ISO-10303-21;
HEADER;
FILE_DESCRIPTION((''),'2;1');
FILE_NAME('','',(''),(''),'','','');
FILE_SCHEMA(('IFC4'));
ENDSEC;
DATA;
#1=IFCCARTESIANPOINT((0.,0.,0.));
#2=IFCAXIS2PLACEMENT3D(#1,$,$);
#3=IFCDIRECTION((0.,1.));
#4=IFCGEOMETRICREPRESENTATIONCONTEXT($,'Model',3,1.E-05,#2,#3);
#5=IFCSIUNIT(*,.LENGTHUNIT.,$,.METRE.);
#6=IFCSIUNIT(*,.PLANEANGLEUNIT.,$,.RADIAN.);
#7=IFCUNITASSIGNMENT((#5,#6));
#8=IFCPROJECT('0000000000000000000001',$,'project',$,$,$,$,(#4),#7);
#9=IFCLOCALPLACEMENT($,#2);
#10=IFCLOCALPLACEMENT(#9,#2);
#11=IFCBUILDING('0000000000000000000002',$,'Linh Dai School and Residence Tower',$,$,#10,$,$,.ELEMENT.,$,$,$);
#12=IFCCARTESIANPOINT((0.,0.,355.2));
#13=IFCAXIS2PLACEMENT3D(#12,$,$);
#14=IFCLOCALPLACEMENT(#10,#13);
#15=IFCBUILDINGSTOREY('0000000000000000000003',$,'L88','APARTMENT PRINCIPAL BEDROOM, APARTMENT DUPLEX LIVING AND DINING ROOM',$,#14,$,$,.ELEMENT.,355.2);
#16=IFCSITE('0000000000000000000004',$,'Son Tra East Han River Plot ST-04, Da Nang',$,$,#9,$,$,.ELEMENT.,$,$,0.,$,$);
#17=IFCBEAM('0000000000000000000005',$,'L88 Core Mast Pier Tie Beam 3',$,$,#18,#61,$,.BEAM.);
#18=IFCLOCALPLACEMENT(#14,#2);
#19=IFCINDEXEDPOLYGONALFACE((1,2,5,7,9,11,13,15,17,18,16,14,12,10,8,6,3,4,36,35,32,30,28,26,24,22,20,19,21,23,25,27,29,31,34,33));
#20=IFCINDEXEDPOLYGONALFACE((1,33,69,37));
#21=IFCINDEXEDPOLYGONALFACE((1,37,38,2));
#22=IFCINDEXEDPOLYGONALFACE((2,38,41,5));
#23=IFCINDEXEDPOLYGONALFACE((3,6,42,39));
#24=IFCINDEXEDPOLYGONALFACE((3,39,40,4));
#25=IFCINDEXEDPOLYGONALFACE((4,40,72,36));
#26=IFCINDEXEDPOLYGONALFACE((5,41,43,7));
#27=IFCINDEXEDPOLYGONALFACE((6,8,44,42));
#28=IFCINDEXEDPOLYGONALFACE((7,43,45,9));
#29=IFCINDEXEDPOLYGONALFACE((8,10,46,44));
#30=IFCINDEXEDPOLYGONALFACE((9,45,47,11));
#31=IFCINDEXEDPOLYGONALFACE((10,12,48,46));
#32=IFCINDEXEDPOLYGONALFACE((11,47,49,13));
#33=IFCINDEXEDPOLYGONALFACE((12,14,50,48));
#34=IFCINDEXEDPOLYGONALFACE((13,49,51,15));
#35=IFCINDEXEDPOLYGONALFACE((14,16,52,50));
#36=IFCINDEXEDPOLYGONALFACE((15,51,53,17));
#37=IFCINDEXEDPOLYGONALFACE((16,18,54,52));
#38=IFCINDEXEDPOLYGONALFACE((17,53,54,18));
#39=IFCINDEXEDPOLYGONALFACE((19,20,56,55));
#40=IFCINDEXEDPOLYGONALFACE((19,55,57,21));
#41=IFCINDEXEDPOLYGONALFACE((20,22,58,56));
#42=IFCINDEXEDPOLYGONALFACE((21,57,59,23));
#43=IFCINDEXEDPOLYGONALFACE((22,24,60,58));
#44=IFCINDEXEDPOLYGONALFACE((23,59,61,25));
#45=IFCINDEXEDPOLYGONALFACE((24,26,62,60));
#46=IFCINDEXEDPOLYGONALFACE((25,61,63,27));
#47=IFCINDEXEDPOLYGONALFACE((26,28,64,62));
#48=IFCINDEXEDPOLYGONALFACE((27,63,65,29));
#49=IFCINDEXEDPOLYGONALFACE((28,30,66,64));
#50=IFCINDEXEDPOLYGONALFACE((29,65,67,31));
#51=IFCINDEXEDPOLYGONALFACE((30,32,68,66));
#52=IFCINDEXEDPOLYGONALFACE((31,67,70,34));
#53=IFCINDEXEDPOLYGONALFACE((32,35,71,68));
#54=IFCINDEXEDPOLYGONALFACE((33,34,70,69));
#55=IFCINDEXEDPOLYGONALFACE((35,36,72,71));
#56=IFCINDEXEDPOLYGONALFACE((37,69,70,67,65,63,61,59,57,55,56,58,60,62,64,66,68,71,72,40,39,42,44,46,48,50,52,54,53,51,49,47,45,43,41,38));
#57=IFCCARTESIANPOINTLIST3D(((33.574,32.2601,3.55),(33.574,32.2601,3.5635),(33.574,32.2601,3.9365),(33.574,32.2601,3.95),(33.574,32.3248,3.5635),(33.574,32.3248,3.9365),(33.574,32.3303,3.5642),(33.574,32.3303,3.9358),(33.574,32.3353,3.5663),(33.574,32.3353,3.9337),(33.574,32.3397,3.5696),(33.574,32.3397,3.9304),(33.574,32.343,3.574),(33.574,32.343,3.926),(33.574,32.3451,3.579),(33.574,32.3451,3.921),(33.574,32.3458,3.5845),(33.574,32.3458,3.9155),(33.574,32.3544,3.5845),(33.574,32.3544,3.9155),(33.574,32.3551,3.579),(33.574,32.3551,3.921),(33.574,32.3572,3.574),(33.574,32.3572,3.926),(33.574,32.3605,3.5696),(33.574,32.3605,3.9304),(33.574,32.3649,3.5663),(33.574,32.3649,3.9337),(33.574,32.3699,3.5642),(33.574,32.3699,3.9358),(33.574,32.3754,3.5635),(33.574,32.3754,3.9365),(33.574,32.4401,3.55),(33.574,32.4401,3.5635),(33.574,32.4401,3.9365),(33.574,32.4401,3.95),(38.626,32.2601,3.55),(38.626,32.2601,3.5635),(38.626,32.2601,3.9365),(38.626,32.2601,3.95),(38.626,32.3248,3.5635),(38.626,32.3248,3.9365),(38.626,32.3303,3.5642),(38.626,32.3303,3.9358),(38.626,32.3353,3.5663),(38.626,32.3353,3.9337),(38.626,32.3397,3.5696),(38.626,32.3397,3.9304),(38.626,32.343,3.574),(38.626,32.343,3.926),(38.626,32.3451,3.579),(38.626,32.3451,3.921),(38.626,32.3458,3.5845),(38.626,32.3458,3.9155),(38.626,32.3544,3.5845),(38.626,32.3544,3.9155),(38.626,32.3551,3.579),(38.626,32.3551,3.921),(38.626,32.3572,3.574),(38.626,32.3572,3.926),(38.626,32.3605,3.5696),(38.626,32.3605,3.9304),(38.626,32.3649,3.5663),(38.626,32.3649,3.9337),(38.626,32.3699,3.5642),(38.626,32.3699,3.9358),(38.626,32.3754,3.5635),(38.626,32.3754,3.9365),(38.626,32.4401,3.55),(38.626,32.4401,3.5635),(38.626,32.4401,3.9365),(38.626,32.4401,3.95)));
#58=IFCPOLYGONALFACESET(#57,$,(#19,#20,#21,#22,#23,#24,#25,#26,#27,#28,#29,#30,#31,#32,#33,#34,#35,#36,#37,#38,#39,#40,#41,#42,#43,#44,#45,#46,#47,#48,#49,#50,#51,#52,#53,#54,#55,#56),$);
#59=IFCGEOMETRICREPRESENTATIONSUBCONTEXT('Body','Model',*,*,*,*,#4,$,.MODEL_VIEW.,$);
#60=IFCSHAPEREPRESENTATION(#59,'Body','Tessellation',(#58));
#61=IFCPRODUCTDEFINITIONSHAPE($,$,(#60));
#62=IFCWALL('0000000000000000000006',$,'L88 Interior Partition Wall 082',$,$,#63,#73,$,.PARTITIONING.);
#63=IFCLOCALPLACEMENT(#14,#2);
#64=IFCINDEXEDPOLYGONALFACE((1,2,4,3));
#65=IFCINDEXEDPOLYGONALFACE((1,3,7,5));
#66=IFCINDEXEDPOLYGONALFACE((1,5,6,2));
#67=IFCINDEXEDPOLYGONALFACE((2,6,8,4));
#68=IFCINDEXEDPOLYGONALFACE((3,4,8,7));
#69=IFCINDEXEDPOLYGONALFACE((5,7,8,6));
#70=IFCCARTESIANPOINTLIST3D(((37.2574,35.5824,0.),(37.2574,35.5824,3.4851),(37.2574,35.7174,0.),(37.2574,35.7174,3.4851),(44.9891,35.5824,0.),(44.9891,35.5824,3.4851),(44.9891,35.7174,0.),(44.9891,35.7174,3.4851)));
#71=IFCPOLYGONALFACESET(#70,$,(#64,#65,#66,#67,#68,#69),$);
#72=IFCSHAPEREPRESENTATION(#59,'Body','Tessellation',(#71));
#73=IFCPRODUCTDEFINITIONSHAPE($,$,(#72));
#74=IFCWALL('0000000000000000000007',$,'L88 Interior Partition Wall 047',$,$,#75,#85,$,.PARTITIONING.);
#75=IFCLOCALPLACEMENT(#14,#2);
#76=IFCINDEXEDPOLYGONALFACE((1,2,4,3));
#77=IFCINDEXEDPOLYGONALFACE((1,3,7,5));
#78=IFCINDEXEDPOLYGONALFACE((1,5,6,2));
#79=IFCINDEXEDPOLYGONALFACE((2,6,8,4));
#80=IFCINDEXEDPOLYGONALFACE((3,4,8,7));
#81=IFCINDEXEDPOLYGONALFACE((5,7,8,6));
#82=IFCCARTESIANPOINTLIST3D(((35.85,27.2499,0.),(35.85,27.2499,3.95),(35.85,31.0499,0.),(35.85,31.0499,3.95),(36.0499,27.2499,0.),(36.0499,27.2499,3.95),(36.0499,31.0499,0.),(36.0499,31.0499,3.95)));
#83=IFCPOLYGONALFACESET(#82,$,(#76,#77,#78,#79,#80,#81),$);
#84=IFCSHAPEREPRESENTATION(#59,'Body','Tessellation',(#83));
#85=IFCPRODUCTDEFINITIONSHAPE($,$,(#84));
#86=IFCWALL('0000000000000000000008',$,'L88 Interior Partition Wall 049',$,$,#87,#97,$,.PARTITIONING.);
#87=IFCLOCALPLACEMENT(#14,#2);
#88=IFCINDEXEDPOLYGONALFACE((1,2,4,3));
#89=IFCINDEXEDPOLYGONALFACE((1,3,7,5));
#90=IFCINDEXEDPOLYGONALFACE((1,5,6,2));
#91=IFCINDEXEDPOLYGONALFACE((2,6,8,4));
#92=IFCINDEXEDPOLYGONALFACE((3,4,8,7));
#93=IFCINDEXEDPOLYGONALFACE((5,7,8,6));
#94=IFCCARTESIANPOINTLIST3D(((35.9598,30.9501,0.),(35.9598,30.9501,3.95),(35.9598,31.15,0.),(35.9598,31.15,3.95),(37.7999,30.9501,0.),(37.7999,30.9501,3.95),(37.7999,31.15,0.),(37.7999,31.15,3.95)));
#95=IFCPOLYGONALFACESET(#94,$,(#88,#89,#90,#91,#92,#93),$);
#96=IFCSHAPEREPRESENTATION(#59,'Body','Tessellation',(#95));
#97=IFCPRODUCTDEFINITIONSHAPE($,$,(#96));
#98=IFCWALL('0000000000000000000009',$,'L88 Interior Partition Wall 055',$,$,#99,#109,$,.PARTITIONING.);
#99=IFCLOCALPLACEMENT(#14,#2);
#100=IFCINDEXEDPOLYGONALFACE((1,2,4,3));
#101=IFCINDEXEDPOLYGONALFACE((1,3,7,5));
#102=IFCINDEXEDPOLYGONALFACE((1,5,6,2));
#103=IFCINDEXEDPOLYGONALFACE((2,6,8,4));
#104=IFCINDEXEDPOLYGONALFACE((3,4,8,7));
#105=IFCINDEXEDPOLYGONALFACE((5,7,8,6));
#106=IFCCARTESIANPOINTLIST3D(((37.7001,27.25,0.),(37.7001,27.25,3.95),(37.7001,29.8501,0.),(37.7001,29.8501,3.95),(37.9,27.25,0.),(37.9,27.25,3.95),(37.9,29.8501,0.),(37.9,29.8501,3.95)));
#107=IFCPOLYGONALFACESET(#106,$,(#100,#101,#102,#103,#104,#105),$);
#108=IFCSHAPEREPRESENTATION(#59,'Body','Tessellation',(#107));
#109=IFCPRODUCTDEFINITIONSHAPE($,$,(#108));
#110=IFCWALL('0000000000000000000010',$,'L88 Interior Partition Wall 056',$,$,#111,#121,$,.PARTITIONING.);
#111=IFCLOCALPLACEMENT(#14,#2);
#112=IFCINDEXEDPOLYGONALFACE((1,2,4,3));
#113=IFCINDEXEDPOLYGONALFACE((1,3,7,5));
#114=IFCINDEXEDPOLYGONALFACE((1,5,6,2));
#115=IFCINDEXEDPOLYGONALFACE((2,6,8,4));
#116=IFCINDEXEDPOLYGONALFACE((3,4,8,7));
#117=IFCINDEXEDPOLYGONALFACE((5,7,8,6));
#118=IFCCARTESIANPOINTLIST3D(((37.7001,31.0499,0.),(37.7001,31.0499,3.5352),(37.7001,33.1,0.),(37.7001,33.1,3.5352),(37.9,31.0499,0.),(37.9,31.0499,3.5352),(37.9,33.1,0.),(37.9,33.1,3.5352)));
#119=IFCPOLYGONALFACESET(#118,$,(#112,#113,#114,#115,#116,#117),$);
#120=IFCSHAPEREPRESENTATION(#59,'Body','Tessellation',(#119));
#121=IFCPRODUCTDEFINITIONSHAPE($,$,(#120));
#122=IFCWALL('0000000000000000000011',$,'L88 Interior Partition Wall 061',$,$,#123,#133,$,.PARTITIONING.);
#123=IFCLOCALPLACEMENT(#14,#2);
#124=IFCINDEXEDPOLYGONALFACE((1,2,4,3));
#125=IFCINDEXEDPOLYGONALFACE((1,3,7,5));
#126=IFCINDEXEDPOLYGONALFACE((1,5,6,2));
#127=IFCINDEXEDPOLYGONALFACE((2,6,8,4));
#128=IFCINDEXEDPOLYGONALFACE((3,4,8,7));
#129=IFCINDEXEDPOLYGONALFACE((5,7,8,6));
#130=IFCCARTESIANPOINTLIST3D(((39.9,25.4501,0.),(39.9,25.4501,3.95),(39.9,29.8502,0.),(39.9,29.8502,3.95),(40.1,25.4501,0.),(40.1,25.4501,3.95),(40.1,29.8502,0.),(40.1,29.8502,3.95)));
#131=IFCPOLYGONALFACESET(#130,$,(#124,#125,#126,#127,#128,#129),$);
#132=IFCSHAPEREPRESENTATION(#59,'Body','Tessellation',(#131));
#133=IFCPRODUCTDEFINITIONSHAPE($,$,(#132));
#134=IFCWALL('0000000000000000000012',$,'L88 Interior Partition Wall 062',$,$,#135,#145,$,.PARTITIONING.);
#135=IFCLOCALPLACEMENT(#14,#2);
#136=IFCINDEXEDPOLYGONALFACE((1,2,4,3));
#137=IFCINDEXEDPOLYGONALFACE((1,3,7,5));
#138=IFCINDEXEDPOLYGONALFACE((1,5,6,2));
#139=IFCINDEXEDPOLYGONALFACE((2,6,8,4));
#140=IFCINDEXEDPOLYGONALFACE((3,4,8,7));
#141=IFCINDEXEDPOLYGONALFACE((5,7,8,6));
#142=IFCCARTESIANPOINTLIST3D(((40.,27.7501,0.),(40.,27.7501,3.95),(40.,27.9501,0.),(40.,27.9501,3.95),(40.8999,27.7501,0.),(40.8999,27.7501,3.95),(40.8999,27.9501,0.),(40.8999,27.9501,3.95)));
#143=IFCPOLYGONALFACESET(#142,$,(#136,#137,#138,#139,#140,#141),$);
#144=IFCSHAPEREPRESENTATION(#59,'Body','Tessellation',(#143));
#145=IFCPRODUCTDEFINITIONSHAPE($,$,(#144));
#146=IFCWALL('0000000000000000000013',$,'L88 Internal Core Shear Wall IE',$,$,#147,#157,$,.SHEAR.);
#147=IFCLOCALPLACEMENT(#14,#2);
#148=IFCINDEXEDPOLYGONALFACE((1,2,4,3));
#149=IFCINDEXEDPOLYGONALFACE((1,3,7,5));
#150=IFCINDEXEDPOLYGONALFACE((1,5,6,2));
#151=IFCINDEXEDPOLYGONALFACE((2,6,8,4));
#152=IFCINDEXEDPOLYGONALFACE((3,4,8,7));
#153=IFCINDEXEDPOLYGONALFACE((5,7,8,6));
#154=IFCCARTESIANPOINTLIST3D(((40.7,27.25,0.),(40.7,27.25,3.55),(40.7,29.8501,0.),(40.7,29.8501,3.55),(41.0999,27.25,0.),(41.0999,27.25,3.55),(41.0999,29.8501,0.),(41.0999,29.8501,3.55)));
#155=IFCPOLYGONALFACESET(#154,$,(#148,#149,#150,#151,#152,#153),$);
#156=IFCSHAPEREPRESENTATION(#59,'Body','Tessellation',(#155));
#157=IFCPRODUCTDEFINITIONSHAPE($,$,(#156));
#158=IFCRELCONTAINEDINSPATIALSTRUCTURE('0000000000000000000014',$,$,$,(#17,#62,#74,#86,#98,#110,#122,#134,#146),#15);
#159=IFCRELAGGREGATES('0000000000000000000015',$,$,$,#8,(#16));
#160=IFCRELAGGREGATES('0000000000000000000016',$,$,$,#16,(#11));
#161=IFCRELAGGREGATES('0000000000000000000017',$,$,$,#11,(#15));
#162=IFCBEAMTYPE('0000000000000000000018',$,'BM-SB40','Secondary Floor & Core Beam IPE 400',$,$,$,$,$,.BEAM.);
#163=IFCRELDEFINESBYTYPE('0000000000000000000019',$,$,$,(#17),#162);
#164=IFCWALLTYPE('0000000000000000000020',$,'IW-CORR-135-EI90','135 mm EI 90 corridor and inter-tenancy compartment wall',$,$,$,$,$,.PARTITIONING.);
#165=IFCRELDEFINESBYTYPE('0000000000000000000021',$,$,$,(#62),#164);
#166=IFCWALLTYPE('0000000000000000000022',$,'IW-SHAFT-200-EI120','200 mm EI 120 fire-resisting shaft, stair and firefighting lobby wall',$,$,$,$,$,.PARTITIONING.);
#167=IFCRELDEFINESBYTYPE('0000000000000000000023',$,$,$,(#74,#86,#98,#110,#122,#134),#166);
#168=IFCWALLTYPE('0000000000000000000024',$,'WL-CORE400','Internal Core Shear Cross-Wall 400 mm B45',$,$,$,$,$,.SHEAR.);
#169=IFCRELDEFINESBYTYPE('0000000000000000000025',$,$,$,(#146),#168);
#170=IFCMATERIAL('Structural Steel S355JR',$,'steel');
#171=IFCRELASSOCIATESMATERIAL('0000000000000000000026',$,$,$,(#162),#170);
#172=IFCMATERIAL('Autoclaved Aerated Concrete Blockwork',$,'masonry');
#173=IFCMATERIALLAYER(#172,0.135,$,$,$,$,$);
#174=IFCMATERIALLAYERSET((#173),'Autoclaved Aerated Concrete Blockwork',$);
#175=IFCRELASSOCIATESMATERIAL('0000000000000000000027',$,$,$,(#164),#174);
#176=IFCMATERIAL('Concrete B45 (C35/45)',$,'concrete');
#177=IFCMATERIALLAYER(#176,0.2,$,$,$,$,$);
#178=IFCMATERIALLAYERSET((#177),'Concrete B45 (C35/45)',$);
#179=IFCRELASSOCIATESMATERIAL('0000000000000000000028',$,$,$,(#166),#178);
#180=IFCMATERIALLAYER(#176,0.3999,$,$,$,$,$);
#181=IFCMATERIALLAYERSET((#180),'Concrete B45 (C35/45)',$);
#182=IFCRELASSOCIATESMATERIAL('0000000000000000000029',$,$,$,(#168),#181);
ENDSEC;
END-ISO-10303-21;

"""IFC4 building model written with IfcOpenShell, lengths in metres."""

from ifc_helpers import new_model, si_unit, direction, frame, frame_2d, origin, origin_2d, place, context, subcontext, project, spatial, rectangle, i_section, extrude, material, layer, layer_set, material_profile, profile_set, type_object, element, save


model = new_model("IFC4")

# Units and contexts
model_context = context("Model", 3, precision=1e-05, world=origin(), true_north=direction((0.0, 1.0)))
body_context = subcontext(model_context, "Body", "Model", "MODEL_VIEW")
ifc_project = project(units=[si_unit("LENGTHUNIT", "METRE"), si_unit("PLANEANGLEUNIT", "RADIAN")], contexts=[model_context])

# Site, building, storey
site_placement = place(None, origin())
site = spatial("IfcSite", under=ifc_project, at=site_placement, Name="Son Tra East Han River Plot ST-04, Da Nang", CompositionType="ELEMENT", RefElevation=0.0)
building_placement = place(site_placement, origin())
building = spatial("IfcBuilding", under=site, at=building_placement, Name="Linh Dai School and Residence Tower", CompositionType="ELEMENT")
storey_placement = place(building_placement, frame((0.0, 0.0, 355.2)))
storey = spatial("IfcBuildingStorey", under=building, at=storey_placement, Name="L88", Description="APARTMENT PRINCIPAL BEDROOM, APARTMENT DUPLEX LIVING AND DINING ROOM", CompositionType="ELEMENT", Elevation=355.2)

# Shared definitions
ifc_material_1 = material(Name="Structural Steel S355JR", Category="steel")

# Beam
ifc_material_profile_1 = material_profile(ifc_material_1, i_section(OverallWidth=0.1799, OverallDepth=0.3999, WebThickness=0.0085, FlangeThickness=0.0134, FilletRadius=0.021, at=origin_2d()), Name="IPE 400")
ifc_profile_set_1 = profile_set([ifc_material_profile_1], Name="Structural Steel S355JR")
beam_type_1 = type_object("IfcBeamType", Name="BM-SB40", Description="Secondary Floor & Core Beam IPE 400", PredefinedType="BEAM", material=ifc_profile_set_1)
beam_1_placement = place(storey_placement, frame((38.626, 32.3501, 3.75), z_axis=(-1.0, 0.0, 0.0), x_axis=(0.0, -1.0, 0.0)))
element("IfcBeam", 1, at=beam_1_placement, inside=storey, type_object=beam_type_1, Name="L88 Core Mast Pier Tie Beam 3", PredefinedType="BEAM", context=body_context, shape_type="SweptSolid", body=[
    extrude(i_section(OverallWidth=0.1799, OverallDepth=0.3999, WebThickness=0.0085, FlangeThickness=0.0134, FilletRadius=0.021, at=origin_2d()), origin(), (0.0, 0.0, 1.0), 5.052),
])

# Walls
ifc_material_2 = material(Name="Autoclaved Aerated Concrete Blockwork", Category="masonry")
ifc_layer_1 = layer(ifc_material_2, 0.135)
ifc_layer_set_1 = layer_set([ifc_layer_1], Name="Autoclaved Aerated Concrete Blockwork")
wall_type_1 = type_object("IfcWallType", Name="IW-CORR-135-EI90", Description="135 mm EI 90 corridor and inter-tenancy compartment wall", PredefinedType="PARTITIONING", material=ifc_layer_set_1)
wall_1_placement = place(storey_placement, frame((37.2576, 35.6499, 0.0), z_axis=(0.0, 0.0, 1.0), x_axis=(1.0, 0.0, 0.0)))
element("IfcWall", 2, at=wall_1_placement, inside=storey, type_object=wall_type_1, Name="L88 Interior Partition Wall 082", PredefinedType="PARTITIONING", context=body_context, shape_type="SweptSolid", body=[
    extrude(rectangle(XDim=7.7317, YDim=0.135, at=frame_2d((3.8657, 0.0))), origin(), (0.0, 0.0, 1.0), 3.4851),
])
ifc_material_3 = material(Name="Concrete B45 (C35/45)", Category="concrete")
ifc_layer_2 = layer(ifc_material_3, 0.2)
ifc_layer_set_2 = layer_set([ifc_layer_2], Name="Concrete B45 (C35/45)")
wall_type_2 = type_object("IfcWallType", Name="IW-SHAFT-200-EI120", Description="200 mm EI 120 fire-resisting shaft, stair and firefighting lobby wall", PredefinedType="PARTITIONING", material=ifc_layer_set_2)
wall_2_placement = place(storey_placement, frame((35.95, 27.25, 0.0), z_axis=(0.0, 0.0, 1.0), x_axis=(0.0, 1.0, 0.0)))
element("IfcWall", 3, at=wall_2_placement, inside=storey, type_object=wall_type_2, Name="L88 Interior Partition Wall 047", PredefinedType="PARTITIONING", context=body_context, shape_type="SweptSolid", body=[
    extrude(rectangle(XDim=3.8, YDim=0.2, at=frame_2d((1.8999, 0.0))), origin(), (0.0, 0.0, 1.0), 3.95),
])

# Walls
wall_3_placement = place(storey_placement, frame((35.96, 31.05, 0.0), z_axis=(0.0, 0.0, 1.0), x_axis=(1.0, 0.0, 0.0)))
element("IfcWall", 4, at=wall_3_placement, inside=storey, type_object=wall_type_2, Name="L88 Interior Partition Wall 049", PredefinedType="PARTITIONING", context=body_context, shape_type="SweptSolid", body=[
    extrude(rectangle(XDim=1.8401, YDim=0.2, at=frame_2d((0.9199, 0.0))), origin(), (0.0, 0.0, 1.0), 3.95),
])
wall_4_placement = place(storey_placement, frame((37.8, 27.25, 0.0), z_axis=(0.0, 0.0, 1.0), x_axis=(0.0, 1.0, 0.0)))
element("IfcWall", 5, at=wall_4_placement, inside=storey, type_object=wall_type_2, Name="L88 Interior Partition Wall 055", PredefinedType="PARTITIONING", context=body_context, shape_type="SweptSolid", body=[
    extrude(rectangle(XDim=2.6001, YDim=0.2, at=frame_2d((1.3, 0.0))), origin(), (0.0, 0.0, 1.0), 3.95),
])
wall_5_placement = place(storey_placement, frame((37.8, 31.05, 0.0), z_axis=(0.0, 0.0, 1.0), x_axis=(0.0, 1.0, 0.0)))
element("IfcWall", 6, at=wall_5_placement, inside=storey, type_object=wall_type_2, Name="L88 Interior Partition Wall 056", PredefinedType="PARTITIONING", context=body_context, shape_type="SweptSolid", body=[
    extrude(rectangle(XDim=2.05, YDim=0.2, at=frame_2d((1.0249, 0.0))), origin(), (0.0, 0.0, 1.0), 3.5352),
])
wall_6_placement = place(storey_placement, frame((40.0, 25.45, 0.0), z_axis=(0.0, 0.0, 1.0), x_axis=(0.0, 1.0, 0.0)))
element("IfcWall", 7, at=wall_6_placement, inside=storey, type_object=wall_type_2, Name="L88 Interior Partition Wall 061", PredefinedType="PARTITIONING", context=body_context, shape_type="SweptSolid", body=[
    extrude(rectangle(XDim=4.4001, YDim=0.2, at=frame_2d((2.2002, 0.0))), origin(), (0.0, 0.0, 1.0), 3.95),
])
wall_7_placement = place(storey_placement, frame((40.0, 27.8501, 0.0), z_axis=(0.0, 0.0, 1.0), x_axis=(1.0, 0.0, 0.0)))
element("IfcWall", 8, at=wall_7_placement, inside=storey, type_object=wall_type_2, Name="L88 Interior Partition Wall 062", PredefinedType="PARTITIONING", context=body_context, shape_type="SweptSolid", body=[
    extrude(rectangle(XDim=0.8999, YDim=0.2, at=frame_2d((0.45, 0.0))), origin(), (0.0, 0.0, 1.0), 3.95),
])
ifc_layer_3 = layer(ifc_material_3, 0.3999)
ifc_layer_set_3 = layer_set([ifc_layer_3], Name="Concrete B45 (C35/45)")
wall_type_3 = type_object("IfcWallType", Name="WL-CORE400", Description="Internal Core Shear Cross-Wall 400 mm B45", PredefinedType="SHEAR", material=ifc_layer_set_3)
wall_8_placement = place(storey_placement, frame((40.8999, 27.25, 0.0), z_axis=(0.0, 0.0, 1.0), x_axis=(0.0, 1.0, 0.0)))
element("IfcWall", 9, at=wall_8_placement, inside=storey, type_object=wall_type_3, Name="L88 Internal Core Shear Wall IE", PredefinedType="SHEAR", context=body_context, shape_type="SweptSolid", body=[
    extrude(rectangle(XDim=2.6001, YDim=0.3999, at=frame_2d((1.3, 0.0))), origin(), (0.0, 0.0, 1.0), 3.55),
])

save(model, "model.ifc")
